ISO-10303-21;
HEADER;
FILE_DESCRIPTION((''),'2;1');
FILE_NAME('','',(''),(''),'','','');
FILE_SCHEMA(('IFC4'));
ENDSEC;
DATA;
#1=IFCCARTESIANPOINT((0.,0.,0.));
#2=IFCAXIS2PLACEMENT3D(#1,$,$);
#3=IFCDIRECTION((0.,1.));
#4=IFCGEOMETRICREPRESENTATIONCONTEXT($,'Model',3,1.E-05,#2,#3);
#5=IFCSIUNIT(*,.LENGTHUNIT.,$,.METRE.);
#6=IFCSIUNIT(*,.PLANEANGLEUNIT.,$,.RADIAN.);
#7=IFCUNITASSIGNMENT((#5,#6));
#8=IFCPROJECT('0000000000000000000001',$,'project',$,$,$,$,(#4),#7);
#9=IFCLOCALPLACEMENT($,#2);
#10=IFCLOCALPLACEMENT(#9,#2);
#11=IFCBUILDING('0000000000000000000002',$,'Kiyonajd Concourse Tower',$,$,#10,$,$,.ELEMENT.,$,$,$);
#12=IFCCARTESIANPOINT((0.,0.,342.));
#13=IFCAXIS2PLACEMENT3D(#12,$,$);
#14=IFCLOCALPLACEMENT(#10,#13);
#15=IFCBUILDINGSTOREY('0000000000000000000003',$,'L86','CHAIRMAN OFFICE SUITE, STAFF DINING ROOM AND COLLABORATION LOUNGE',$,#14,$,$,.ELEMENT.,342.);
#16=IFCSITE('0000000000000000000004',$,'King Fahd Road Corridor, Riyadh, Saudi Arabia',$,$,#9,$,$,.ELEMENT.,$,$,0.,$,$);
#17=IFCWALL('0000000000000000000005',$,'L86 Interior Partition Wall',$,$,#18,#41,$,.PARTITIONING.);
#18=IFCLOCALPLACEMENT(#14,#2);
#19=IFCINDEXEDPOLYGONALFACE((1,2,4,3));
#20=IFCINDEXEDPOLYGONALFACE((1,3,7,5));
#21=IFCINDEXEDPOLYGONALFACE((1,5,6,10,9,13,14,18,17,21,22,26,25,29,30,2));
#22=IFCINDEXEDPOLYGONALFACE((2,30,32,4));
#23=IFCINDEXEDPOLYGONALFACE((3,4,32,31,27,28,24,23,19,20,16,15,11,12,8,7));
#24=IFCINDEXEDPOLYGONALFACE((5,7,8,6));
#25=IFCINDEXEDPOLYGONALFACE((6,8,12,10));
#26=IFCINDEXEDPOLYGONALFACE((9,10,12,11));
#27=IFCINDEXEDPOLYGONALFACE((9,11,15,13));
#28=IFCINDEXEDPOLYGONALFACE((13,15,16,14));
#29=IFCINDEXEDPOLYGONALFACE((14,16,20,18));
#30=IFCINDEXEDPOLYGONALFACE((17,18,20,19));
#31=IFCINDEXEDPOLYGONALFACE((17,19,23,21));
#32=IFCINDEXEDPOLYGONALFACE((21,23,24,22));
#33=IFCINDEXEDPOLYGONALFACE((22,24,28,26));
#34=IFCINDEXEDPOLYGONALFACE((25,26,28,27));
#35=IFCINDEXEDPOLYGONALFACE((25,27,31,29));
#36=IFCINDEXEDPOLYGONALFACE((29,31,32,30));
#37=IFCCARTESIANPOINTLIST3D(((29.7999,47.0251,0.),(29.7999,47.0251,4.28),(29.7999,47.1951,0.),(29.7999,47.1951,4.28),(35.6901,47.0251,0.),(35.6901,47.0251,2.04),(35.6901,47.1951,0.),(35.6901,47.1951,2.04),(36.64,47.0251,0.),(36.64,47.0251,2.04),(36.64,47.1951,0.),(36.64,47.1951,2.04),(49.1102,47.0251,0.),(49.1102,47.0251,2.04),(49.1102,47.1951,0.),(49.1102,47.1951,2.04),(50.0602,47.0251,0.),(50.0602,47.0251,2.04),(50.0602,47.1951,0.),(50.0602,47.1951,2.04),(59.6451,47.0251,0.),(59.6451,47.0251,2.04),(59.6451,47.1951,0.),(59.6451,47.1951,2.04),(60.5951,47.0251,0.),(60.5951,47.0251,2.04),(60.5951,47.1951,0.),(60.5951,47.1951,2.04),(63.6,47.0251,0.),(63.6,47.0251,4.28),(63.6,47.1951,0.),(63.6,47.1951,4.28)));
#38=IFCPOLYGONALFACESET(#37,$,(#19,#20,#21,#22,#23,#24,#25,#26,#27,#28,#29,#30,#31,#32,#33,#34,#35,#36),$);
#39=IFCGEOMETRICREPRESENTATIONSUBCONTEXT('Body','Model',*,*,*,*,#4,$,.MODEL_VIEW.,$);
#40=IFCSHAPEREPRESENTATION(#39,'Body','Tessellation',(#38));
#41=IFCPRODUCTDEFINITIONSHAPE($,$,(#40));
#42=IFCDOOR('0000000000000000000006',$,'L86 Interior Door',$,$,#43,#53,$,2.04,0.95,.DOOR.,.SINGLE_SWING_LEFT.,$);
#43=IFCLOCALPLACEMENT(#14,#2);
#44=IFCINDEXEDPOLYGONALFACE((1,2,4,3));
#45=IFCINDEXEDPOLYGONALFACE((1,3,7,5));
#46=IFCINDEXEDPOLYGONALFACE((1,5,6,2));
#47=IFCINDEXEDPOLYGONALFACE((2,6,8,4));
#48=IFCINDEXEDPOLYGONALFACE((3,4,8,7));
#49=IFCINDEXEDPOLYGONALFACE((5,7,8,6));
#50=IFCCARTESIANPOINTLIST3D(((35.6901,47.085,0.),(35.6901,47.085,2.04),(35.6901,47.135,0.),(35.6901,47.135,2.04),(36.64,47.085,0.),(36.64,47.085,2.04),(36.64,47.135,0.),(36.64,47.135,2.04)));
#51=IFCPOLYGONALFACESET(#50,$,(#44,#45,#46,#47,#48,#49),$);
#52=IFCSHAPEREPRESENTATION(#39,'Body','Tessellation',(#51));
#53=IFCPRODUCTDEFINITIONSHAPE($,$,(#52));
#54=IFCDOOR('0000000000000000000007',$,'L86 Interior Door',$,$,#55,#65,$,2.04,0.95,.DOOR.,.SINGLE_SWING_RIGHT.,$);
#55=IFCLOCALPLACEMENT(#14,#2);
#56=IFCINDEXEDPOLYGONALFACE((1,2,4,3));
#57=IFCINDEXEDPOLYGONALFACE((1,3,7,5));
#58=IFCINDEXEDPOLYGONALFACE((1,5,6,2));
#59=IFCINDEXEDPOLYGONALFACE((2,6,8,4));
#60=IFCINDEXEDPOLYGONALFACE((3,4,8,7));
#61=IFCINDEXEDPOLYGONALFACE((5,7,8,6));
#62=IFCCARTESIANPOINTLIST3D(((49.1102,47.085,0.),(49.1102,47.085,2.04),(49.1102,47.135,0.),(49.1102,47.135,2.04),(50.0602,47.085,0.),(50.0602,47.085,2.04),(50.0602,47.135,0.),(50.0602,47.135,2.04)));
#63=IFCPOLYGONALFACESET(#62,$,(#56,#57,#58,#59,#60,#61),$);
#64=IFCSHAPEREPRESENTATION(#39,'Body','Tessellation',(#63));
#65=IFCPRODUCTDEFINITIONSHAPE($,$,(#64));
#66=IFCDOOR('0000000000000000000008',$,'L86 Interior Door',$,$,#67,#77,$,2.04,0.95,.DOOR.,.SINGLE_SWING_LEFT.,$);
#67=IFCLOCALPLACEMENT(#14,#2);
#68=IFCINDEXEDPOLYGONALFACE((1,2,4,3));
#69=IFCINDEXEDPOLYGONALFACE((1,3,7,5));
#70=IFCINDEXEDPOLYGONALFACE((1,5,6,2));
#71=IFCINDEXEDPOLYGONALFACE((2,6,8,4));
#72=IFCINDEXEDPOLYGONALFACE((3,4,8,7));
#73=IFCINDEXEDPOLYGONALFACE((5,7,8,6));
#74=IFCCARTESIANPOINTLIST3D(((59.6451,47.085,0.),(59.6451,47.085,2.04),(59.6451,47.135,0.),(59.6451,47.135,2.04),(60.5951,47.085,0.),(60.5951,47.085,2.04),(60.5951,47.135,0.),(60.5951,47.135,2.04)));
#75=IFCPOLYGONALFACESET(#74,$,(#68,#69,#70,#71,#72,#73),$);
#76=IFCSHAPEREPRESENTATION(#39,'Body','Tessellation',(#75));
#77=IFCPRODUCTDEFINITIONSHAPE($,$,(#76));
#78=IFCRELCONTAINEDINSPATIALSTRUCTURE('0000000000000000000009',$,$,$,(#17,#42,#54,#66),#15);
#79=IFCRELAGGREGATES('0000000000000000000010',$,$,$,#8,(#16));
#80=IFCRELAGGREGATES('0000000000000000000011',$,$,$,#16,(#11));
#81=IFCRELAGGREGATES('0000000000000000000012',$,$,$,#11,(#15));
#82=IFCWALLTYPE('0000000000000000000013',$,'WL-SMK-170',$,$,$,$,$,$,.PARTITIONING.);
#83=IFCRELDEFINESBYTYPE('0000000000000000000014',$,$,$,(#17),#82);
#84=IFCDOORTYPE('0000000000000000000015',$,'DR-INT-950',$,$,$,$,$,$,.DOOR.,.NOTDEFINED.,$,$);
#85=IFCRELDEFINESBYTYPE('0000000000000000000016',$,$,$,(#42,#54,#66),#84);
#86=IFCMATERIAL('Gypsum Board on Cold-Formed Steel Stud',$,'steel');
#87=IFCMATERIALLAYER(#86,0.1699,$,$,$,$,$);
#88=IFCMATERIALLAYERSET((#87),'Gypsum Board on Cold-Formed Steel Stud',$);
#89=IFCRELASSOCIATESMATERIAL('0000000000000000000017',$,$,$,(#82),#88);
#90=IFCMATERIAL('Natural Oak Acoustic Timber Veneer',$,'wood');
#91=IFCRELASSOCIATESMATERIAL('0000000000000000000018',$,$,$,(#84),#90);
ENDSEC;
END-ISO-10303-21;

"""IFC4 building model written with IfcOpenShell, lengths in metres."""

from ifc_helpers import new_model, si_unit, direction, frame, frame_2d, origin, place, context, subcontext, project, spatial, rectangle, extrude, material, layer, layer_set, type_object, element, fill, save


model = new_model("IFC4")

# Units and contexts
model_context = context("Model", 3, precision=1e-05, world=origin(), true_north=direction((0.0, 1.0)))
body_context = subcontext(model_context, "Body", "Model", "MODEL_VIEW")
ifc_project = project(units=[si_unit("LENGTHUNIT", "METRE"), si_unit("PLANEANGLEUNIT", "RADIAN")], contexts=[model_context])

# Site, building, storey
site_placement = place(None, origin())
site = spatial("IfcSite", under=ifc_project, at=site_placement, Name="King Fahd Road Corridor, Riyadh, Saudi Arabia", CompositionType="ELEMENT", RefElevation=0.0)
building_placement = place(site_placement, origin())
building = spatial("IfcBuilding", under=site, at=building_placement, Name="Kiyonajd Concourse Tower", CompositionType="ELEMENT")
storey_placement = place(building_placement, frame((0.0, 0.0, 342.0)))
storey = spatial("IfcBuildingStorey", under=building, at=storey_placement, Name="L86", Description="CHAIRMAN OFFICE SUITE, STAFF DINING ROOM AND COLLABORATION LOUNGE", CompositionType="ELEMENT", Elevation=342.0)

# Wall, openings, doors
ifc_material_1 = material(Name="Gypsum Board on Cold-Formed Steel Stud", Category="steel")
ifc_layer_1 = layer(ifc_material_1, 0.1699)
ifc_layer_set_1 = layer_set([ifc_layer_1], Name="Gypsum Board on Cold-Formed Steel Stud")
wall_type_1 = type_object("IfcWallType", Name="WL-SMK-170", PredefinedType="PARTITIONING", material=ifc_layer_set_1)
wall_1_placement = place(storey_placement, frame((29.8, 47.1101, 0.0), z_axis=(0.0, 0.0, 1.0), x_axis=(1.0, 0.0, 0.0)))
wall_1 = element("IfcWall", 1, at=wall_1_placement, inside=storey, type_object=wall_type_1, Name="L86 Interior Partition Wall", PredefinedType="PARTITIONING", context=body_context, shape_type="SweptSolid", body=[
    extrude(rectangle(XDim=33.8, YDim=0.1699, at=frame_2d((16.8999, 0.0))), origin(), (0.0, 0.0, 1.0), 4.28),
])
opening_1_placement = place(wall_1_placement, frame((5.8899, 0.0, 0.0)))
opening_1 = element("IfcOpeningElement", 2, at=opening_1_placement, cuts=wall_1, PredefinedType="OPENING", context=body_context, shape_type="SweptSolid", body=[
    extrude(rectangle(XDim=0.95, YDim=2.04, at=frame_2d((0.4751, 1.02))), frame((0.0, 0.095, 0.0), z_axis=(0.0, -1.0, 0.0), x_axis=(1.0, 0.0, 0.0)), (0.0, 0.0, 1.0), 0.1899),
])
opening_2_placement = place(wall_1_placement, frame((19.3101, 0.0, 0.0)))
opening_2 = element("IfcOpeningElement", 3, at=opening_2_placement, cuts=wall_1, PredefinedType="OPENING", context=body_context, shape_type="SweptSolid", body=[
    extrude(rectangle(XDim=0.95, YDim=2.04, at=frame_2d((0.4751, 1.02))), frame((0.0, 0.095, 0.0), z_axis=(0.0, -1.0, 0.0), x_axis=(1.0, 0.0, 0.0)), (0.0, 0.0, 1.0), 0.1899),
])
opening_3_placement = place(wall_1_placement, frame((29.845, 0.0, 0.0)))
opening_3 = element("IfcOpeningElement", 4, at=opening_3_placement, cuts=wall_1, PredefinedType="OPENING", context=body_context, shape_type="SweptSolid", body=[
    extrude(rectangle(XDim=0.95, YDim=2.04, at=frame_2d((0.4751, 1.02))), frame((0.0, 0.095, 0.0), z_axis=(0.0, -1.0, 0.0), x_axis=(1.0, 0.0, 0.0)), (0.0, 0.0, 1.0), 0.1899),
])
ifc_material_2 = material(Name="Natural Oak Acoustic Timber Veneer", Category="wood")
door_type = type_object("IfcDoorType", Name="DR-INT-950", OperationType="NOTDEFINED", PredefinedType="DOOR", material=ifc_material_2)
door_1_placement = place(opening_1_placement, origin())
door_1 = element("IfcDoor", 5, at=door_1_placement, inside=storey, type_object=door_type, Name="L86 Interior Door", OperationType="SINGLE_SWING_LEFT", OverallHeight=2.04, OverallWidth=0.95, PredefinedType="DOOR", context=body_context, shape_type="SweptSolid", body=[
    extrude(rectangle(XDim=0.95, YDim=2.04, at=frame_2d((0.4751, 1.02))), frame((0.0, 0.0249, 0.0), z_axis=(0.0, -1.0, 0.0), x_axis=(1.0, 0.0, 0.0)), (0.0, 0.0, 1.0), 0.05),
])
fill(opening_1, door_1)
door_2_placement = place(opening_2_placement, origin())
door_2 = element("IfcDoor", 6, at=door_2_placement, inside=storey, type_object=door_type, Name="L86 Interior Door", OperationType="SINGLE_SWING_RIGHT", OverallHeight=2.04, OverallWidth=0.95, PredefinedType="DOOR", context=body_context, shape_type="SweptSolid", body=[
    extrude(rectangle(XDim=0.95, YDim=2.04, at=frame_2d((0.4751, 1.02))), frame((0.0, 0.0249, 0.0), z_axis=(0.0, -1.0, 0.0), x_axis=(1.0, 0.0, 0.0)), (0.0, 0.0, 1.0), 0.05),
])
fill(opening_2, door_2)
door_3_placement = place(opening_3_placement, origin())
door_3 = element("IfcDoor", 7, at=door_3_placement, inside=storey, type_object=door_type, Name="L86 Interior Door", OperationType="SINGLE_SWING_LEFT", OverallHeight=2.04, OverallWidth=0.95, PredefinedType="DOOR", context=body_context, shape_type="SweptSolid", body=[
    extrude(rectangle(XDim=0.95, YDim=2.04, at=frame_2d((0.4751, 1.02))), frame((0.0, 0.0249, 0.0), z_axis=(0.0, -1.0, 0.0), x_axis=(1.0, 0.0, 0.0)), (0.0, 0.0, 1.0), 0.05),
])
fill(opening_3, door_3)

save(model, "model.ifc")
